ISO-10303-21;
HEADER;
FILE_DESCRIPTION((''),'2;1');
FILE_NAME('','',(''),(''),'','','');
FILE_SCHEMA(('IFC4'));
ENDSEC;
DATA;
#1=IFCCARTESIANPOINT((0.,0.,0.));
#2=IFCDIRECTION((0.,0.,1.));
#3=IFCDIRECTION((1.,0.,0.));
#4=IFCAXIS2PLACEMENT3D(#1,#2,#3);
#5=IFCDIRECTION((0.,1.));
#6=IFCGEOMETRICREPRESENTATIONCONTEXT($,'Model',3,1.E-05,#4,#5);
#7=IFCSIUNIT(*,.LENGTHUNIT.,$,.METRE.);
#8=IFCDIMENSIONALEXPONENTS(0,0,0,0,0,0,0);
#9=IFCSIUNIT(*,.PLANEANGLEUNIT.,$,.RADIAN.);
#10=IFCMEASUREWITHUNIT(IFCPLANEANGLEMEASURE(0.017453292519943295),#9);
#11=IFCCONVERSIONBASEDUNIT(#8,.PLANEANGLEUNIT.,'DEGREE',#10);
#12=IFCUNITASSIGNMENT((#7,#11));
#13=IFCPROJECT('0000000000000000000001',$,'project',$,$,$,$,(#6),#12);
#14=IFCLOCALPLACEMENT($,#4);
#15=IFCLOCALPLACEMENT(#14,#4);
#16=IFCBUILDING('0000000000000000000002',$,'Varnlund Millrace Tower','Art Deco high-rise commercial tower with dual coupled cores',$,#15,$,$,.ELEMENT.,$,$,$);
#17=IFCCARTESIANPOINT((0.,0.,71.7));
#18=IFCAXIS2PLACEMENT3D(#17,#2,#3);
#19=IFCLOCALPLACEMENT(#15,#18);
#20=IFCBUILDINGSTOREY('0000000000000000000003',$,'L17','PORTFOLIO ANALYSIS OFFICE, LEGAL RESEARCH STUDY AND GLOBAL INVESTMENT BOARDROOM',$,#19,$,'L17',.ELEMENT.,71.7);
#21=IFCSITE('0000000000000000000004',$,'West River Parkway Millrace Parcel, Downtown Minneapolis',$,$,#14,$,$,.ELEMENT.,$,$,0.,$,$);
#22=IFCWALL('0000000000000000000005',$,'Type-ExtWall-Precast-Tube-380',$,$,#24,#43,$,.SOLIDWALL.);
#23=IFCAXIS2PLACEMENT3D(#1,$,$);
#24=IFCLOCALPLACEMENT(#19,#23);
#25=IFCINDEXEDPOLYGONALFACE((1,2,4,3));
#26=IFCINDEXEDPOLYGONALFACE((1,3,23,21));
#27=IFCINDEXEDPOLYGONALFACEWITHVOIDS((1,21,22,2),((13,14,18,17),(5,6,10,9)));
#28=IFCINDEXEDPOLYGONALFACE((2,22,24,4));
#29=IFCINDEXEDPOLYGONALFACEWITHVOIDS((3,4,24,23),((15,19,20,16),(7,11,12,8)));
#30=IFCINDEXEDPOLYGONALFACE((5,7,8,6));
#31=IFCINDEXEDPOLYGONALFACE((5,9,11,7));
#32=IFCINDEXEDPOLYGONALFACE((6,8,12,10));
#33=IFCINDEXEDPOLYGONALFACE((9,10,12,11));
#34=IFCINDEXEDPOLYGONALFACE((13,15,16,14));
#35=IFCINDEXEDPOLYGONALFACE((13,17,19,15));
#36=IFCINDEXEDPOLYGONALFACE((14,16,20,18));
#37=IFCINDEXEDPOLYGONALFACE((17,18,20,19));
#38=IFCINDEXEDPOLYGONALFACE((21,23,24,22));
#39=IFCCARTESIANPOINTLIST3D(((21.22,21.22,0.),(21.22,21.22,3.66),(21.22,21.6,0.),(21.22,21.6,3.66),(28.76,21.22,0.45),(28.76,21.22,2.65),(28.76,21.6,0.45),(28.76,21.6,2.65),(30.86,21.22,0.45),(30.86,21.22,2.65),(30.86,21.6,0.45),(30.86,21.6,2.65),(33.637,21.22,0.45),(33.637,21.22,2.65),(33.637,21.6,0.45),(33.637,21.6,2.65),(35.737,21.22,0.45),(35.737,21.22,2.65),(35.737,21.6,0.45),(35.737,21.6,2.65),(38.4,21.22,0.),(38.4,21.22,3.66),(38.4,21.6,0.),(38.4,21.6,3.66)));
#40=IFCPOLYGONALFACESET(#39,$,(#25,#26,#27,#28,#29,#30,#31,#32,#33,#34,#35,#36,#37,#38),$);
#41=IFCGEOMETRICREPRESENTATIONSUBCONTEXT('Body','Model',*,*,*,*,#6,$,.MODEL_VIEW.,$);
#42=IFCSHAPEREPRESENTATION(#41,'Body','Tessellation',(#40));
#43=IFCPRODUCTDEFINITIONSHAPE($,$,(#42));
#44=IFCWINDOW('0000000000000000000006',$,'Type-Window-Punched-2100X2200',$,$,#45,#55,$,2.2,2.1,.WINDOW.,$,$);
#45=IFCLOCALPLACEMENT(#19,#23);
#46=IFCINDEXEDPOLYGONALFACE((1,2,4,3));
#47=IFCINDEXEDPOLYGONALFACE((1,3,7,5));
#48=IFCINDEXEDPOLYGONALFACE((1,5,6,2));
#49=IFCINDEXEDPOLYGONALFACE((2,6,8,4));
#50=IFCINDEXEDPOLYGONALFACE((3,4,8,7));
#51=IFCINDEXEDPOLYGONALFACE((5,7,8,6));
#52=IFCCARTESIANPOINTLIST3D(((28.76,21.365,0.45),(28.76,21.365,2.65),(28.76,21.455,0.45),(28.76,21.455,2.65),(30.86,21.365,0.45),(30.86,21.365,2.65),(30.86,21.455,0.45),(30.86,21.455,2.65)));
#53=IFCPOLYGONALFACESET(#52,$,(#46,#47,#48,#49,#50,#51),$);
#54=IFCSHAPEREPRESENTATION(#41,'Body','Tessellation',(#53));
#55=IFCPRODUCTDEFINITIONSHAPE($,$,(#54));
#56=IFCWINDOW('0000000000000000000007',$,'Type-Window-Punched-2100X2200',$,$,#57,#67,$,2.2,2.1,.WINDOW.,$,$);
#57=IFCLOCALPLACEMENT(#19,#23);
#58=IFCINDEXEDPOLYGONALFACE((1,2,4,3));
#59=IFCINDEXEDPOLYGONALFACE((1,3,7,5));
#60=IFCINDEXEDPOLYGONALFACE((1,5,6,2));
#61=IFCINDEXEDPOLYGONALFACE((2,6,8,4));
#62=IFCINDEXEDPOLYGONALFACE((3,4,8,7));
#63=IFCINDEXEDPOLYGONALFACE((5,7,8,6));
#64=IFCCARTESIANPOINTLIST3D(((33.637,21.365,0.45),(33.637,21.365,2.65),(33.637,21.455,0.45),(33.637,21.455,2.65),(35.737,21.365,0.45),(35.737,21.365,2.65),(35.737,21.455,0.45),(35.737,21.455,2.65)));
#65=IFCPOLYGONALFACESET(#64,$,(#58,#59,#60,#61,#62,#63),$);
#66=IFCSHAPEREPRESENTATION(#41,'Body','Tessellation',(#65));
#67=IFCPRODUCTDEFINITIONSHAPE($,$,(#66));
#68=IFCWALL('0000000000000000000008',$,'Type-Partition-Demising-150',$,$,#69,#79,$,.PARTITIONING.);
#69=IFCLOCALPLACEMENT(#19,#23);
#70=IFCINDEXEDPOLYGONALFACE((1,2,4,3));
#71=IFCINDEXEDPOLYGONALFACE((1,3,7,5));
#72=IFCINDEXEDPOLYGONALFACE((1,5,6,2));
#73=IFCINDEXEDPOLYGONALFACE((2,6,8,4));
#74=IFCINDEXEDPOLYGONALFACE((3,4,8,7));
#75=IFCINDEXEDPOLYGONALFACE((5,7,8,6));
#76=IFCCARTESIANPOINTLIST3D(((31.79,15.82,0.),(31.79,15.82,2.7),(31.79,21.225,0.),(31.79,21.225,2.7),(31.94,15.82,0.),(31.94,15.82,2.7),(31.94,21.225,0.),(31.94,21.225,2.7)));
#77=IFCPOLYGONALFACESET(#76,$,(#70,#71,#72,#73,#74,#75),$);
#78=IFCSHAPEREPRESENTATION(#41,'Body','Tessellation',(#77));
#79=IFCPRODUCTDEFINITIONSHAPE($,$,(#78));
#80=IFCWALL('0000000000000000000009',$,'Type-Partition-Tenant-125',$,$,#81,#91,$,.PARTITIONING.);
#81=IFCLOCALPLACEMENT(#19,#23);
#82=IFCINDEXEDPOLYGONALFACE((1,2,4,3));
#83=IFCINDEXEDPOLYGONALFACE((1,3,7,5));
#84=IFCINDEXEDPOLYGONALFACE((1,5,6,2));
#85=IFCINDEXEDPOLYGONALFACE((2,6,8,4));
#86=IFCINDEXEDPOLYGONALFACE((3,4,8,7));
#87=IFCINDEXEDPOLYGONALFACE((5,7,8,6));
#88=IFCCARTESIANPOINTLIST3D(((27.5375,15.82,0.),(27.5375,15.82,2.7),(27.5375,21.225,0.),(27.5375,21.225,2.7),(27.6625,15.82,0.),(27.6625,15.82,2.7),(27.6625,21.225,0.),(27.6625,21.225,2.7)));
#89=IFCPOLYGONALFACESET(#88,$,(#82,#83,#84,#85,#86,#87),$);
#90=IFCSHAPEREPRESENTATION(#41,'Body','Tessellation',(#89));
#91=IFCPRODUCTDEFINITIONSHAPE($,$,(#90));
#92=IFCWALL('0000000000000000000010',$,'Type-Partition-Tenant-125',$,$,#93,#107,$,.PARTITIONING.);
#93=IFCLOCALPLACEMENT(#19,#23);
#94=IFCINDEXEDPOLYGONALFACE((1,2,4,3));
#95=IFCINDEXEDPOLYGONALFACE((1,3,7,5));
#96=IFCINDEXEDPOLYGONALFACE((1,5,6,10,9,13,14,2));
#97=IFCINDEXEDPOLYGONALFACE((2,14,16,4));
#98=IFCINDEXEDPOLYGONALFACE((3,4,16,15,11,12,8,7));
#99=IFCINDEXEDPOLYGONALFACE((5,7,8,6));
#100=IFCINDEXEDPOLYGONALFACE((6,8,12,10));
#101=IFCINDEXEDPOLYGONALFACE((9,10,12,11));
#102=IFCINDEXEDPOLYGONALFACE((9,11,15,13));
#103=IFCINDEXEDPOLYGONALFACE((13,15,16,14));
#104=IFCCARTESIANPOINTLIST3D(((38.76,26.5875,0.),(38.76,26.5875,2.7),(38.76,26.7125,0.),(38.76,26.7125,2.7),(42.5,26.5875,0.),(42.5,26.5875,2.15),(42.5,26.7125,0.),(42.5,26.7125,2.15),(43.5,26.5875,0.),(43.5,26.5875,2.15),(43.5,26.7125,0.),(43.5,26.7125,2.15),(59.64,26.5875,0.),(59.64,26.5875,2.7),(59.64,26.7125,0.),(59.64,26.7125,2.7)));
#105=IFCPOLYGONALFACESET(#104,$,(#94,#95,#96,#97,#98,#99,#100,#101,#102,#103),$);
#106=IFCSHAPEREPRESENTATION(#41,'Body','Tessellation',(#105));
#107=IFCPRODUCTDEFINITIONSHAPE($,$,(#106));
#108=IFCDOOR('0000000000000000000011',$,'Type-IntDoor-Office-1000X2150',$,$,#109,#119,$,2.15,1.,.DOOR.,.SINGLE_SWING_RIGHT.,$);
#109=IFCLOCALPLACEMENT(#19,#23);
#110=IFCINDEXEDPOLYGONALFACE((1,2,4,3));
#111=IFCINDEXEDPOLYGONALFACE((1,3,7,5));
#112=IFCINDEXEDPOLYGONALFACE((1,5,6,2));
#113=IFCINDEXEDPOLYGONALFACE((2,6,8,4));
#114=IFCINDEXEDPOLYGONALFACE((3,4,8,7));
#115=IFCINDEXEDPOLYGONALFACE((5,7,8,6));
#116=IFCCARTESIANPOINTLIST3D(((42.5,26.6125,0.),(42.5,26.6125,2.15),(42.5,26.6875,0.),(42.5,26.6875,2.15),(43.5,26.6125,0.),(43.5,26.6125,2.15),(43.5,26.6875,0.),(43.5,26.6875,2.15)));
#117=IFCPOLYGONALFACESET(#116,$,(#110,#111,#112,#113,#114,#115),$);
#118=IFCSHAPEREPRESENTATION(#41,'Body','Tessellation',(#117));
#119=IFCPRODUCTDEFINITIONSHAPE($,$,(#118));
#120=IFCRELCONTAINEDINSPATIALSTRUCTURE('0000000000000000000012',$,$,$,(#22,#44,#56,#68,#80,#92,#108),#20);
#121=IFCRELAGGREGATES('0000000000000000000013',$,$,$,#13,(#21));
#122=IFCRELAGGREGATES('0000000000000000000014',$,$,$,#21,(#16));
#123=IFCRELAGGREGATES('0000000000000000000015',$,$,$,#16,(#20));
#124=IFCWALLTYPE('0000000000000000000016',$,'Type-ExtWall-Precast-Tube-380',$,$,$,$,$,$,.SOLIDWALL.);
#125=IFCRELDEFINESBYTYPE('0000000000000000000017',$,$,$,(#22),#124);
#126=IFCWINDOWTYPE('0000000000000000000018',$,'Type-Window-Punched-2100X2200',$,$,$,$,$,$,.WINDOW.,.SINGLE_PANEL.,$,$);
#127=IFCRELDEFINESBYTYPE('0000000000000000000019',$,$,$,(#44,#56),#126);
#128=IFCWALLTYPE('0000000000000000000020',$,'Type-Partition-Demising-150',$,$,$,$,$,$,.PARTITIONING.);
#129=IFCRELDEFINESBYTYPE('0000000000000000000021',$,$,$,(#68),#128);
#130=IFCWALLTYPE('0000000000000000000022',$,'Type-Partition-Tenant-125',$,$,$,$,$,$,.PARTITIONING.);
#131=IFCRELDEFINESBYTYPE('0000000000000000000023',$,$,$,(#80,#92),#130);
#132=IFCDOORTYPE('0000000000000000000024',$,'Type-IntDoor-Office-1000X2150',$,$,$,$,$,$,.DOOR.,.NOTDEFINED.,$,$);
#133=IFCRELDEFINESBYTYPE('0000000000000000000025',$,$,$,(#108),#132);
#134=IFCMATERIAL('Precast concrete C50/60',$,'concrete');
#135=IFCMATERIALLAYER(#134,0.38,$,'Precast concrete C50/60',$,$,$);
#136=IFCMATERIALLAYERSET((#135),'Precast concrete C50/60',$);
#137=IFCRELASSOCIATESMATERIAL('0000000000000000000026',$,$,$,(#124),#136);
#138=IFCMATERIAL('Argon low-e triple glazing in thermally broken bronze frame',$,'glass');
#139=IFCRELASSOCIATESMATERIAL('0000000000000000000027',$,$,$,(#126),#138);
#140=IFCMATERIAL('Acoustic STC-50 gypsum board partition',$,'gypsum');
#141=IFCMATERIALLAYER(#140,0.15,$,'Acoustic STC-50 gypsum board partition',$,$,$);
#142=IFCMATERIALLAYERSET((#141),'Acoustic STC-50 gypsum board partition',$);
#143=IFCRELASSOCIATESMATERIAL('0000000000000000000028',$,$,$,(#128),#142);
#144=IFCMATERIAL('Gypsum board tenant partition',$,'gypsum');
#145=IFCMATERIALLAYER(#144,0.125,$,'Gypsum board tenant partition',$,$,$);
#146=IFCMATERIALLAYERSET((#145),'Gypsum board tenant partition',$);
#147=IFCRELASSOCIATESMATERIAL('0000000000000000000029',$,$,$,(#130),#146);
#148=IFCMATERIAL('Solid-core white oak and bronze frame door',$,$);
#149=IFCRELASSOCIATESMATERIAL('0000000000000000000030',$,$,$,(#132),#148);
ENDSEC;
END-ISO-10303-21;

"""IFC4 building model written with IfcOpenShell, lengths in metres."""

from ifc_helpers import new_model, entity, si_unit, converted_unit, direction, frame, origin_with_axes, origin_2d_with_axis, place, context, subcontext, project, spatial, polyline, rectangle, outline, extrude, material, layer, layer_set, type_object, element, fill, save


model = new_model("IFC4")

# Units and contexts
model_context = context("Model", 3, precision=1e-05, world=origin_with_axes(), true_north=direction((0.0, 1.0)))
body_context = subcontext(model_context, "Body", "Model", "MODEL_VIEW")
ifc_project = project(units=[si_unit("LENGTHUNIT", "METRE"), converted_unit("PLANEANGLEUNIT", "DEGREE", entity("IfcPlaneAngleMeasure", 0.017453292519943295), si_unit("PLANEANGLEUNIT", "RADIAN"), dimensions=[0, 0, 0, 0, 0, 0, 0])], contexts=[model_context])

# Site, building, storey
site_placement = place(None, origin_with_axes())
site = spatial("IfcSite", under=ifc_project, at=site_placement, Name="West River Parkway Millrace Parcel, Downtown Minneapolis", CompositionType="ELEMENT", RefElevation=0.0)
building_placement = place(site_placement, origin_with_axes())
building = spatial("IfcBuilding", under=site, at=building_placement, Name="Varnlund Millrace Tower", Description="Art Deco high-rise commercial tower with dual coupled cores", CompositionType="ELEMENT")
storey_placement = place(building_placement, frame((0.0, 0.0, 71.7), z_axis=(0.0, 0.0, 1.0), x_axis=(1.0, 0.0, 0.0)))
storey = spatial("IfcBuildingStorey", under=building, at=storey_placement, Name="L17", Description="PORTFOLIO ANALYSIS OFFICE, LEGAL RESEARCH STUDY AND GLOBAL INVESTMENT BOARDROOM", LongName="L17", CompositionType="ELEMENT", Elevation=71.7)

# Shared definitions
ifc_material_1 = material(Name="Precast concrete C50/60", Category="concrete")
ifc_layer_1 = layer(ifc_material_1, 0.38, Name="Precast concrete C50/60")
ifc_layer_set_1 = layer_set([ifc_layer_1], Name="Precast concrete C50/60")
wall_type_1 = type_object("IfcWallType", Name="Type-ExtWall-Precast-Tube-380", PredefinedType="SOLIDWALL", material=ifc_layer_set_1)

# Shared definitions
ifc_material_2 = material(Name="Argon low-e triple glazing in thermally broken bronze frame", Category="glass")
window_type = type_object("IfcWindowType", Name="Type-Window-Punched-2100X2200", PartitioningType="SINGLE_PANEL", PredefinedType="WINDOW", material=ifc_material_2)

# Wall, openings, windows
wall_1_placement = place(storey_placement, frame((21.22, 21.41, 0.0), z_axis=(0.0, 0.0, 1.0), x_axis=(1.0, 0.0, 0.0)))
wall_1 = element("IfcWall", 1, at=wall_1_placement, inside=storey, type_object=wall_type_1, Name="Type-ExtWall-Precast-Tube-380", PredefinedType="SOLIDWALL", context=body_context, shape_type="SweptSolid", body=[
    extrude(outline(polyline([(0.0, -0.19), (17.18, -0.19), (17.18, 0.19), (0.0, 0.19), (0.0, -0.19)])), origin_with_axes(), (0.0, 0.0, 1.0), 3.66),
])
opening_1_placement = place(wall_1_placement, frame((8.59, 0.0, 0.45), z_axis=(0.0, 0.0, 1.0), x_axis=(1.0, 0.0, 0.0)))
opening_1 = element("IfcOpeningElement", 2, at=opening_1_placement, cuts=wall_1, PredefinedType="OPENING", context=body_context, shape_type="SweptSolid", body=[
    extrude(rectangle(XDim=2.1, YDim=0.4, at=origin_2d_with_axis()), origin_with_axes(), (0.0, 0.0, 1.0), 2.2),
])
opening_2_placement = place(wall_1_placement, frame((13.467, 0.0, 0.45), z_axis=(0.0, 0.0, 1.0), x_axis=(1.0, 0.0, 0.0)))
opening_2 = element("IfcOpeningElement", 3, at=opening_2_placement, cuts=wall_1, PredefinedType="OPENING", context=body_context, shape_type="SweptSolid", body=[
    extrude(rectangle(XDim=2.1, YDim=0.4, at=origin_2d_with_axis()), origin_with_axes(), (0.0, 0.0, 1.0), 2.2),
])
window_1_placement = place(wall_1_placement, frame((8.59, 0.0, 0.45), z_axis=(0.0, 0.0, 1.0), x_axis=(1.0, 0.0, 0.0)))
window_1 = element("IfcWindow", 4, at=window_1_placement, inside=storey, type_object=window_type, Name="Type-Window-Punched-2100X2200", OverallHeight=2.2, OverallWidth=2.1, PredefinedType="WINDOW", context=body_context, shape_type="SweptSolid", body=[
    extrude(rectangle(XDim=2.1, YDim=0.09, at=origin_2d_with_axis()), origin_with_axes(), (0.0, 0.0, 1.0), 2.2),
])
fill(opening_1, window_1)
window_2_placement = place(wall_1_placement, frame((13.467, 0.0, 0.45), z_axis=(0.0, 0.0, 1.0), x_axis=(1.0, 0.0, 0.0)))
window_2 = element("IfcWindow", 5, at=window_2_placement, inside=storey, type_object=window_type, Name="Type-Window-Punched-2100X2200", OverallHeight=2.2, OverallWidth=2.1, PredefinedType="WINDOW", context=body_context, shape_type="SweptSolid", body=[
    extrude(rectangle(XDim=2.1, YDim=0.09, at=origin_2d_with_axis()), origin_with_axes(), (0.0, 0.0, 1.0), 2.2),
])
fill(opening_2, window_2)

# Walls
ifc_material_3 = material(Name="Acoustic STC-50 gypsum board partition", Category="gypsum")
ifc_layer_2 = layer(ifc_material_3, 0.15, Name="Acoustic STC-50 gypsum board partition")
ifc_layer_set_2 = layer_set([ifc_layer_2], Name="Acoustic STC-50 gypsum board partition")
wall_type_2 = type_object("IfcWallType", Name="Type-Partition-Demising-150", PredefinedType="PARTITIONING", material=ifc_layer_set_2)
wall_2_placement = place(storey_placement, frame((31.865, 15.82, 0.0), z_axis=(0.0, 0.0, 1.0), x_axis=(0.0, 1.0, 0.0)))
element("IfcWall", 6, at=wall_2_placement, inside=storey, type_object=wall_type_2, Name="Type-Partition-Demising-150", PredefinedType="PARTITIONING", context=body_context, shape_type="SweptSolid", body=[
    extrude(outline(polyline([(0.0, -0.075), (5.405, -0.075), (5.405, 0.075), (0.0, 0.075), (0.0, -0.075)])), origin_with_axes(), (0.0, 0.0, 1.0), 2.7),
])
ifc_material_4 = material(Name="Gypsum board tenant partition", Category="gypsum")
ifc_layer_3 = layer(ifc_material_4, 0.125, Name="Gypsum board tenant partition")
ifc_layer_set_3 = layer_set([ifc_layer_3], Name="Gypsum board tenant partition")
wall_type_3 = type_object("IfcWallType", Name="Type-Partition-Tenant-125", PredefinedType="PARTITIONING", material=ifc_layer_set_3)
wall_3_placement = place(storey_placement, frame((27.6, 15.82, 0.0), z_axis=(0.0, 0.0, 1.0), x_axis=(0.0, 1.0, 0.0)))
element("IfcWall", 7, at=wall_3_placement, inside=storey, type_object=wall_type_3, Name="Type-Partition-Tenant-125", PredefinedType="PARTITIONING", context=body_context, shape_type="SweptSolid", body=[
    extrude(outline(polyline([(0.0, -0.0625), (5.405, -0.0625), (5.405, 0.0625), (0.0, 0.0625), (0.0, -0.0625)])), origin_with_axes(), (0.0, 0.0, 1.0), 2.7),
])

# Wall, opening, door
wall_4_placement = place(storey_placement, frame((38.76, 26.65, 0.0), z_axis=(0.0, 0.0, 1.0), x_axis=(1.0, 0.0, 0.0)))
wall_4 = element("IfcWall", 8, at=wall_4_placement, inside=storey, type_object=wall_type_3, Name="Type-Partition-Tenant-125", PredefinedType="PARTITIONING", context=body_context, shape_type="SweptSolid", body=[
    extrude(outline(polyline([(0.0, -0.0625), (20.88, -0.0625), (20.88, 0.0625), (0.0, 0.0625), (0.0, -0.0625)])), origin_with_axes(), (0.0, 0.0, 1.0), 2.7),
])
opening_3_placement = place(wall_4_placement, frame((4.24, 0.0, 0.0), z_axis=(0.0, 0.0, 1.0), x_axis=(1.0, 0.0, 0.0)))
opening_3 = element("IfcOpeningElement", 9, at=opening_3_placement, cuts=wall_4, PredefinedType="OPENING", context=body_context, shape_type="SweptSolid", body=[
    extrude(rectangle(XDim=1.0, YDim=0.145, at=origin_2d_with_axis()), origin_with_axes(), (0.0, 0.0, 1.0), 2.15),
])
ifc_material_5 = material(Name="Solid-core white oak and bronze frame door")
door_type = type_object("IfcDoorType", Name="Type-IntDoor-Office-1000X2150", OperationType="NOTDEFINED", PredefinedType="DOOR", material=ifc_material_5)
door_placement = place(wall_4_placement, frame((4.24, 0.0, 0.0), z_axis=(0.0, 0.0, 1.0), x_axis=(1.0, 0.0, 0.0)))
door = element("IfcDoor", 10, at=door_placement, inside=storey, type_object=door_type, Name="Type-IntDoor-Office-1000X2150", OperationType="SINGLE_SWING_RIGHT", OverallHeight=2.15, OverallWidth=1.0, PredefinedType="DOOR", context=body_context, shape_type="SweptSolid", body=[
    extrude(rectangle(XDim=1.0, YDim=0.075, at=origin_2d_with_axis()), origin_with_axes(), (0.0, 0.0, 1.0), 2.15),
])
fill(opening_3, door)

save(model, "model.ifc")
